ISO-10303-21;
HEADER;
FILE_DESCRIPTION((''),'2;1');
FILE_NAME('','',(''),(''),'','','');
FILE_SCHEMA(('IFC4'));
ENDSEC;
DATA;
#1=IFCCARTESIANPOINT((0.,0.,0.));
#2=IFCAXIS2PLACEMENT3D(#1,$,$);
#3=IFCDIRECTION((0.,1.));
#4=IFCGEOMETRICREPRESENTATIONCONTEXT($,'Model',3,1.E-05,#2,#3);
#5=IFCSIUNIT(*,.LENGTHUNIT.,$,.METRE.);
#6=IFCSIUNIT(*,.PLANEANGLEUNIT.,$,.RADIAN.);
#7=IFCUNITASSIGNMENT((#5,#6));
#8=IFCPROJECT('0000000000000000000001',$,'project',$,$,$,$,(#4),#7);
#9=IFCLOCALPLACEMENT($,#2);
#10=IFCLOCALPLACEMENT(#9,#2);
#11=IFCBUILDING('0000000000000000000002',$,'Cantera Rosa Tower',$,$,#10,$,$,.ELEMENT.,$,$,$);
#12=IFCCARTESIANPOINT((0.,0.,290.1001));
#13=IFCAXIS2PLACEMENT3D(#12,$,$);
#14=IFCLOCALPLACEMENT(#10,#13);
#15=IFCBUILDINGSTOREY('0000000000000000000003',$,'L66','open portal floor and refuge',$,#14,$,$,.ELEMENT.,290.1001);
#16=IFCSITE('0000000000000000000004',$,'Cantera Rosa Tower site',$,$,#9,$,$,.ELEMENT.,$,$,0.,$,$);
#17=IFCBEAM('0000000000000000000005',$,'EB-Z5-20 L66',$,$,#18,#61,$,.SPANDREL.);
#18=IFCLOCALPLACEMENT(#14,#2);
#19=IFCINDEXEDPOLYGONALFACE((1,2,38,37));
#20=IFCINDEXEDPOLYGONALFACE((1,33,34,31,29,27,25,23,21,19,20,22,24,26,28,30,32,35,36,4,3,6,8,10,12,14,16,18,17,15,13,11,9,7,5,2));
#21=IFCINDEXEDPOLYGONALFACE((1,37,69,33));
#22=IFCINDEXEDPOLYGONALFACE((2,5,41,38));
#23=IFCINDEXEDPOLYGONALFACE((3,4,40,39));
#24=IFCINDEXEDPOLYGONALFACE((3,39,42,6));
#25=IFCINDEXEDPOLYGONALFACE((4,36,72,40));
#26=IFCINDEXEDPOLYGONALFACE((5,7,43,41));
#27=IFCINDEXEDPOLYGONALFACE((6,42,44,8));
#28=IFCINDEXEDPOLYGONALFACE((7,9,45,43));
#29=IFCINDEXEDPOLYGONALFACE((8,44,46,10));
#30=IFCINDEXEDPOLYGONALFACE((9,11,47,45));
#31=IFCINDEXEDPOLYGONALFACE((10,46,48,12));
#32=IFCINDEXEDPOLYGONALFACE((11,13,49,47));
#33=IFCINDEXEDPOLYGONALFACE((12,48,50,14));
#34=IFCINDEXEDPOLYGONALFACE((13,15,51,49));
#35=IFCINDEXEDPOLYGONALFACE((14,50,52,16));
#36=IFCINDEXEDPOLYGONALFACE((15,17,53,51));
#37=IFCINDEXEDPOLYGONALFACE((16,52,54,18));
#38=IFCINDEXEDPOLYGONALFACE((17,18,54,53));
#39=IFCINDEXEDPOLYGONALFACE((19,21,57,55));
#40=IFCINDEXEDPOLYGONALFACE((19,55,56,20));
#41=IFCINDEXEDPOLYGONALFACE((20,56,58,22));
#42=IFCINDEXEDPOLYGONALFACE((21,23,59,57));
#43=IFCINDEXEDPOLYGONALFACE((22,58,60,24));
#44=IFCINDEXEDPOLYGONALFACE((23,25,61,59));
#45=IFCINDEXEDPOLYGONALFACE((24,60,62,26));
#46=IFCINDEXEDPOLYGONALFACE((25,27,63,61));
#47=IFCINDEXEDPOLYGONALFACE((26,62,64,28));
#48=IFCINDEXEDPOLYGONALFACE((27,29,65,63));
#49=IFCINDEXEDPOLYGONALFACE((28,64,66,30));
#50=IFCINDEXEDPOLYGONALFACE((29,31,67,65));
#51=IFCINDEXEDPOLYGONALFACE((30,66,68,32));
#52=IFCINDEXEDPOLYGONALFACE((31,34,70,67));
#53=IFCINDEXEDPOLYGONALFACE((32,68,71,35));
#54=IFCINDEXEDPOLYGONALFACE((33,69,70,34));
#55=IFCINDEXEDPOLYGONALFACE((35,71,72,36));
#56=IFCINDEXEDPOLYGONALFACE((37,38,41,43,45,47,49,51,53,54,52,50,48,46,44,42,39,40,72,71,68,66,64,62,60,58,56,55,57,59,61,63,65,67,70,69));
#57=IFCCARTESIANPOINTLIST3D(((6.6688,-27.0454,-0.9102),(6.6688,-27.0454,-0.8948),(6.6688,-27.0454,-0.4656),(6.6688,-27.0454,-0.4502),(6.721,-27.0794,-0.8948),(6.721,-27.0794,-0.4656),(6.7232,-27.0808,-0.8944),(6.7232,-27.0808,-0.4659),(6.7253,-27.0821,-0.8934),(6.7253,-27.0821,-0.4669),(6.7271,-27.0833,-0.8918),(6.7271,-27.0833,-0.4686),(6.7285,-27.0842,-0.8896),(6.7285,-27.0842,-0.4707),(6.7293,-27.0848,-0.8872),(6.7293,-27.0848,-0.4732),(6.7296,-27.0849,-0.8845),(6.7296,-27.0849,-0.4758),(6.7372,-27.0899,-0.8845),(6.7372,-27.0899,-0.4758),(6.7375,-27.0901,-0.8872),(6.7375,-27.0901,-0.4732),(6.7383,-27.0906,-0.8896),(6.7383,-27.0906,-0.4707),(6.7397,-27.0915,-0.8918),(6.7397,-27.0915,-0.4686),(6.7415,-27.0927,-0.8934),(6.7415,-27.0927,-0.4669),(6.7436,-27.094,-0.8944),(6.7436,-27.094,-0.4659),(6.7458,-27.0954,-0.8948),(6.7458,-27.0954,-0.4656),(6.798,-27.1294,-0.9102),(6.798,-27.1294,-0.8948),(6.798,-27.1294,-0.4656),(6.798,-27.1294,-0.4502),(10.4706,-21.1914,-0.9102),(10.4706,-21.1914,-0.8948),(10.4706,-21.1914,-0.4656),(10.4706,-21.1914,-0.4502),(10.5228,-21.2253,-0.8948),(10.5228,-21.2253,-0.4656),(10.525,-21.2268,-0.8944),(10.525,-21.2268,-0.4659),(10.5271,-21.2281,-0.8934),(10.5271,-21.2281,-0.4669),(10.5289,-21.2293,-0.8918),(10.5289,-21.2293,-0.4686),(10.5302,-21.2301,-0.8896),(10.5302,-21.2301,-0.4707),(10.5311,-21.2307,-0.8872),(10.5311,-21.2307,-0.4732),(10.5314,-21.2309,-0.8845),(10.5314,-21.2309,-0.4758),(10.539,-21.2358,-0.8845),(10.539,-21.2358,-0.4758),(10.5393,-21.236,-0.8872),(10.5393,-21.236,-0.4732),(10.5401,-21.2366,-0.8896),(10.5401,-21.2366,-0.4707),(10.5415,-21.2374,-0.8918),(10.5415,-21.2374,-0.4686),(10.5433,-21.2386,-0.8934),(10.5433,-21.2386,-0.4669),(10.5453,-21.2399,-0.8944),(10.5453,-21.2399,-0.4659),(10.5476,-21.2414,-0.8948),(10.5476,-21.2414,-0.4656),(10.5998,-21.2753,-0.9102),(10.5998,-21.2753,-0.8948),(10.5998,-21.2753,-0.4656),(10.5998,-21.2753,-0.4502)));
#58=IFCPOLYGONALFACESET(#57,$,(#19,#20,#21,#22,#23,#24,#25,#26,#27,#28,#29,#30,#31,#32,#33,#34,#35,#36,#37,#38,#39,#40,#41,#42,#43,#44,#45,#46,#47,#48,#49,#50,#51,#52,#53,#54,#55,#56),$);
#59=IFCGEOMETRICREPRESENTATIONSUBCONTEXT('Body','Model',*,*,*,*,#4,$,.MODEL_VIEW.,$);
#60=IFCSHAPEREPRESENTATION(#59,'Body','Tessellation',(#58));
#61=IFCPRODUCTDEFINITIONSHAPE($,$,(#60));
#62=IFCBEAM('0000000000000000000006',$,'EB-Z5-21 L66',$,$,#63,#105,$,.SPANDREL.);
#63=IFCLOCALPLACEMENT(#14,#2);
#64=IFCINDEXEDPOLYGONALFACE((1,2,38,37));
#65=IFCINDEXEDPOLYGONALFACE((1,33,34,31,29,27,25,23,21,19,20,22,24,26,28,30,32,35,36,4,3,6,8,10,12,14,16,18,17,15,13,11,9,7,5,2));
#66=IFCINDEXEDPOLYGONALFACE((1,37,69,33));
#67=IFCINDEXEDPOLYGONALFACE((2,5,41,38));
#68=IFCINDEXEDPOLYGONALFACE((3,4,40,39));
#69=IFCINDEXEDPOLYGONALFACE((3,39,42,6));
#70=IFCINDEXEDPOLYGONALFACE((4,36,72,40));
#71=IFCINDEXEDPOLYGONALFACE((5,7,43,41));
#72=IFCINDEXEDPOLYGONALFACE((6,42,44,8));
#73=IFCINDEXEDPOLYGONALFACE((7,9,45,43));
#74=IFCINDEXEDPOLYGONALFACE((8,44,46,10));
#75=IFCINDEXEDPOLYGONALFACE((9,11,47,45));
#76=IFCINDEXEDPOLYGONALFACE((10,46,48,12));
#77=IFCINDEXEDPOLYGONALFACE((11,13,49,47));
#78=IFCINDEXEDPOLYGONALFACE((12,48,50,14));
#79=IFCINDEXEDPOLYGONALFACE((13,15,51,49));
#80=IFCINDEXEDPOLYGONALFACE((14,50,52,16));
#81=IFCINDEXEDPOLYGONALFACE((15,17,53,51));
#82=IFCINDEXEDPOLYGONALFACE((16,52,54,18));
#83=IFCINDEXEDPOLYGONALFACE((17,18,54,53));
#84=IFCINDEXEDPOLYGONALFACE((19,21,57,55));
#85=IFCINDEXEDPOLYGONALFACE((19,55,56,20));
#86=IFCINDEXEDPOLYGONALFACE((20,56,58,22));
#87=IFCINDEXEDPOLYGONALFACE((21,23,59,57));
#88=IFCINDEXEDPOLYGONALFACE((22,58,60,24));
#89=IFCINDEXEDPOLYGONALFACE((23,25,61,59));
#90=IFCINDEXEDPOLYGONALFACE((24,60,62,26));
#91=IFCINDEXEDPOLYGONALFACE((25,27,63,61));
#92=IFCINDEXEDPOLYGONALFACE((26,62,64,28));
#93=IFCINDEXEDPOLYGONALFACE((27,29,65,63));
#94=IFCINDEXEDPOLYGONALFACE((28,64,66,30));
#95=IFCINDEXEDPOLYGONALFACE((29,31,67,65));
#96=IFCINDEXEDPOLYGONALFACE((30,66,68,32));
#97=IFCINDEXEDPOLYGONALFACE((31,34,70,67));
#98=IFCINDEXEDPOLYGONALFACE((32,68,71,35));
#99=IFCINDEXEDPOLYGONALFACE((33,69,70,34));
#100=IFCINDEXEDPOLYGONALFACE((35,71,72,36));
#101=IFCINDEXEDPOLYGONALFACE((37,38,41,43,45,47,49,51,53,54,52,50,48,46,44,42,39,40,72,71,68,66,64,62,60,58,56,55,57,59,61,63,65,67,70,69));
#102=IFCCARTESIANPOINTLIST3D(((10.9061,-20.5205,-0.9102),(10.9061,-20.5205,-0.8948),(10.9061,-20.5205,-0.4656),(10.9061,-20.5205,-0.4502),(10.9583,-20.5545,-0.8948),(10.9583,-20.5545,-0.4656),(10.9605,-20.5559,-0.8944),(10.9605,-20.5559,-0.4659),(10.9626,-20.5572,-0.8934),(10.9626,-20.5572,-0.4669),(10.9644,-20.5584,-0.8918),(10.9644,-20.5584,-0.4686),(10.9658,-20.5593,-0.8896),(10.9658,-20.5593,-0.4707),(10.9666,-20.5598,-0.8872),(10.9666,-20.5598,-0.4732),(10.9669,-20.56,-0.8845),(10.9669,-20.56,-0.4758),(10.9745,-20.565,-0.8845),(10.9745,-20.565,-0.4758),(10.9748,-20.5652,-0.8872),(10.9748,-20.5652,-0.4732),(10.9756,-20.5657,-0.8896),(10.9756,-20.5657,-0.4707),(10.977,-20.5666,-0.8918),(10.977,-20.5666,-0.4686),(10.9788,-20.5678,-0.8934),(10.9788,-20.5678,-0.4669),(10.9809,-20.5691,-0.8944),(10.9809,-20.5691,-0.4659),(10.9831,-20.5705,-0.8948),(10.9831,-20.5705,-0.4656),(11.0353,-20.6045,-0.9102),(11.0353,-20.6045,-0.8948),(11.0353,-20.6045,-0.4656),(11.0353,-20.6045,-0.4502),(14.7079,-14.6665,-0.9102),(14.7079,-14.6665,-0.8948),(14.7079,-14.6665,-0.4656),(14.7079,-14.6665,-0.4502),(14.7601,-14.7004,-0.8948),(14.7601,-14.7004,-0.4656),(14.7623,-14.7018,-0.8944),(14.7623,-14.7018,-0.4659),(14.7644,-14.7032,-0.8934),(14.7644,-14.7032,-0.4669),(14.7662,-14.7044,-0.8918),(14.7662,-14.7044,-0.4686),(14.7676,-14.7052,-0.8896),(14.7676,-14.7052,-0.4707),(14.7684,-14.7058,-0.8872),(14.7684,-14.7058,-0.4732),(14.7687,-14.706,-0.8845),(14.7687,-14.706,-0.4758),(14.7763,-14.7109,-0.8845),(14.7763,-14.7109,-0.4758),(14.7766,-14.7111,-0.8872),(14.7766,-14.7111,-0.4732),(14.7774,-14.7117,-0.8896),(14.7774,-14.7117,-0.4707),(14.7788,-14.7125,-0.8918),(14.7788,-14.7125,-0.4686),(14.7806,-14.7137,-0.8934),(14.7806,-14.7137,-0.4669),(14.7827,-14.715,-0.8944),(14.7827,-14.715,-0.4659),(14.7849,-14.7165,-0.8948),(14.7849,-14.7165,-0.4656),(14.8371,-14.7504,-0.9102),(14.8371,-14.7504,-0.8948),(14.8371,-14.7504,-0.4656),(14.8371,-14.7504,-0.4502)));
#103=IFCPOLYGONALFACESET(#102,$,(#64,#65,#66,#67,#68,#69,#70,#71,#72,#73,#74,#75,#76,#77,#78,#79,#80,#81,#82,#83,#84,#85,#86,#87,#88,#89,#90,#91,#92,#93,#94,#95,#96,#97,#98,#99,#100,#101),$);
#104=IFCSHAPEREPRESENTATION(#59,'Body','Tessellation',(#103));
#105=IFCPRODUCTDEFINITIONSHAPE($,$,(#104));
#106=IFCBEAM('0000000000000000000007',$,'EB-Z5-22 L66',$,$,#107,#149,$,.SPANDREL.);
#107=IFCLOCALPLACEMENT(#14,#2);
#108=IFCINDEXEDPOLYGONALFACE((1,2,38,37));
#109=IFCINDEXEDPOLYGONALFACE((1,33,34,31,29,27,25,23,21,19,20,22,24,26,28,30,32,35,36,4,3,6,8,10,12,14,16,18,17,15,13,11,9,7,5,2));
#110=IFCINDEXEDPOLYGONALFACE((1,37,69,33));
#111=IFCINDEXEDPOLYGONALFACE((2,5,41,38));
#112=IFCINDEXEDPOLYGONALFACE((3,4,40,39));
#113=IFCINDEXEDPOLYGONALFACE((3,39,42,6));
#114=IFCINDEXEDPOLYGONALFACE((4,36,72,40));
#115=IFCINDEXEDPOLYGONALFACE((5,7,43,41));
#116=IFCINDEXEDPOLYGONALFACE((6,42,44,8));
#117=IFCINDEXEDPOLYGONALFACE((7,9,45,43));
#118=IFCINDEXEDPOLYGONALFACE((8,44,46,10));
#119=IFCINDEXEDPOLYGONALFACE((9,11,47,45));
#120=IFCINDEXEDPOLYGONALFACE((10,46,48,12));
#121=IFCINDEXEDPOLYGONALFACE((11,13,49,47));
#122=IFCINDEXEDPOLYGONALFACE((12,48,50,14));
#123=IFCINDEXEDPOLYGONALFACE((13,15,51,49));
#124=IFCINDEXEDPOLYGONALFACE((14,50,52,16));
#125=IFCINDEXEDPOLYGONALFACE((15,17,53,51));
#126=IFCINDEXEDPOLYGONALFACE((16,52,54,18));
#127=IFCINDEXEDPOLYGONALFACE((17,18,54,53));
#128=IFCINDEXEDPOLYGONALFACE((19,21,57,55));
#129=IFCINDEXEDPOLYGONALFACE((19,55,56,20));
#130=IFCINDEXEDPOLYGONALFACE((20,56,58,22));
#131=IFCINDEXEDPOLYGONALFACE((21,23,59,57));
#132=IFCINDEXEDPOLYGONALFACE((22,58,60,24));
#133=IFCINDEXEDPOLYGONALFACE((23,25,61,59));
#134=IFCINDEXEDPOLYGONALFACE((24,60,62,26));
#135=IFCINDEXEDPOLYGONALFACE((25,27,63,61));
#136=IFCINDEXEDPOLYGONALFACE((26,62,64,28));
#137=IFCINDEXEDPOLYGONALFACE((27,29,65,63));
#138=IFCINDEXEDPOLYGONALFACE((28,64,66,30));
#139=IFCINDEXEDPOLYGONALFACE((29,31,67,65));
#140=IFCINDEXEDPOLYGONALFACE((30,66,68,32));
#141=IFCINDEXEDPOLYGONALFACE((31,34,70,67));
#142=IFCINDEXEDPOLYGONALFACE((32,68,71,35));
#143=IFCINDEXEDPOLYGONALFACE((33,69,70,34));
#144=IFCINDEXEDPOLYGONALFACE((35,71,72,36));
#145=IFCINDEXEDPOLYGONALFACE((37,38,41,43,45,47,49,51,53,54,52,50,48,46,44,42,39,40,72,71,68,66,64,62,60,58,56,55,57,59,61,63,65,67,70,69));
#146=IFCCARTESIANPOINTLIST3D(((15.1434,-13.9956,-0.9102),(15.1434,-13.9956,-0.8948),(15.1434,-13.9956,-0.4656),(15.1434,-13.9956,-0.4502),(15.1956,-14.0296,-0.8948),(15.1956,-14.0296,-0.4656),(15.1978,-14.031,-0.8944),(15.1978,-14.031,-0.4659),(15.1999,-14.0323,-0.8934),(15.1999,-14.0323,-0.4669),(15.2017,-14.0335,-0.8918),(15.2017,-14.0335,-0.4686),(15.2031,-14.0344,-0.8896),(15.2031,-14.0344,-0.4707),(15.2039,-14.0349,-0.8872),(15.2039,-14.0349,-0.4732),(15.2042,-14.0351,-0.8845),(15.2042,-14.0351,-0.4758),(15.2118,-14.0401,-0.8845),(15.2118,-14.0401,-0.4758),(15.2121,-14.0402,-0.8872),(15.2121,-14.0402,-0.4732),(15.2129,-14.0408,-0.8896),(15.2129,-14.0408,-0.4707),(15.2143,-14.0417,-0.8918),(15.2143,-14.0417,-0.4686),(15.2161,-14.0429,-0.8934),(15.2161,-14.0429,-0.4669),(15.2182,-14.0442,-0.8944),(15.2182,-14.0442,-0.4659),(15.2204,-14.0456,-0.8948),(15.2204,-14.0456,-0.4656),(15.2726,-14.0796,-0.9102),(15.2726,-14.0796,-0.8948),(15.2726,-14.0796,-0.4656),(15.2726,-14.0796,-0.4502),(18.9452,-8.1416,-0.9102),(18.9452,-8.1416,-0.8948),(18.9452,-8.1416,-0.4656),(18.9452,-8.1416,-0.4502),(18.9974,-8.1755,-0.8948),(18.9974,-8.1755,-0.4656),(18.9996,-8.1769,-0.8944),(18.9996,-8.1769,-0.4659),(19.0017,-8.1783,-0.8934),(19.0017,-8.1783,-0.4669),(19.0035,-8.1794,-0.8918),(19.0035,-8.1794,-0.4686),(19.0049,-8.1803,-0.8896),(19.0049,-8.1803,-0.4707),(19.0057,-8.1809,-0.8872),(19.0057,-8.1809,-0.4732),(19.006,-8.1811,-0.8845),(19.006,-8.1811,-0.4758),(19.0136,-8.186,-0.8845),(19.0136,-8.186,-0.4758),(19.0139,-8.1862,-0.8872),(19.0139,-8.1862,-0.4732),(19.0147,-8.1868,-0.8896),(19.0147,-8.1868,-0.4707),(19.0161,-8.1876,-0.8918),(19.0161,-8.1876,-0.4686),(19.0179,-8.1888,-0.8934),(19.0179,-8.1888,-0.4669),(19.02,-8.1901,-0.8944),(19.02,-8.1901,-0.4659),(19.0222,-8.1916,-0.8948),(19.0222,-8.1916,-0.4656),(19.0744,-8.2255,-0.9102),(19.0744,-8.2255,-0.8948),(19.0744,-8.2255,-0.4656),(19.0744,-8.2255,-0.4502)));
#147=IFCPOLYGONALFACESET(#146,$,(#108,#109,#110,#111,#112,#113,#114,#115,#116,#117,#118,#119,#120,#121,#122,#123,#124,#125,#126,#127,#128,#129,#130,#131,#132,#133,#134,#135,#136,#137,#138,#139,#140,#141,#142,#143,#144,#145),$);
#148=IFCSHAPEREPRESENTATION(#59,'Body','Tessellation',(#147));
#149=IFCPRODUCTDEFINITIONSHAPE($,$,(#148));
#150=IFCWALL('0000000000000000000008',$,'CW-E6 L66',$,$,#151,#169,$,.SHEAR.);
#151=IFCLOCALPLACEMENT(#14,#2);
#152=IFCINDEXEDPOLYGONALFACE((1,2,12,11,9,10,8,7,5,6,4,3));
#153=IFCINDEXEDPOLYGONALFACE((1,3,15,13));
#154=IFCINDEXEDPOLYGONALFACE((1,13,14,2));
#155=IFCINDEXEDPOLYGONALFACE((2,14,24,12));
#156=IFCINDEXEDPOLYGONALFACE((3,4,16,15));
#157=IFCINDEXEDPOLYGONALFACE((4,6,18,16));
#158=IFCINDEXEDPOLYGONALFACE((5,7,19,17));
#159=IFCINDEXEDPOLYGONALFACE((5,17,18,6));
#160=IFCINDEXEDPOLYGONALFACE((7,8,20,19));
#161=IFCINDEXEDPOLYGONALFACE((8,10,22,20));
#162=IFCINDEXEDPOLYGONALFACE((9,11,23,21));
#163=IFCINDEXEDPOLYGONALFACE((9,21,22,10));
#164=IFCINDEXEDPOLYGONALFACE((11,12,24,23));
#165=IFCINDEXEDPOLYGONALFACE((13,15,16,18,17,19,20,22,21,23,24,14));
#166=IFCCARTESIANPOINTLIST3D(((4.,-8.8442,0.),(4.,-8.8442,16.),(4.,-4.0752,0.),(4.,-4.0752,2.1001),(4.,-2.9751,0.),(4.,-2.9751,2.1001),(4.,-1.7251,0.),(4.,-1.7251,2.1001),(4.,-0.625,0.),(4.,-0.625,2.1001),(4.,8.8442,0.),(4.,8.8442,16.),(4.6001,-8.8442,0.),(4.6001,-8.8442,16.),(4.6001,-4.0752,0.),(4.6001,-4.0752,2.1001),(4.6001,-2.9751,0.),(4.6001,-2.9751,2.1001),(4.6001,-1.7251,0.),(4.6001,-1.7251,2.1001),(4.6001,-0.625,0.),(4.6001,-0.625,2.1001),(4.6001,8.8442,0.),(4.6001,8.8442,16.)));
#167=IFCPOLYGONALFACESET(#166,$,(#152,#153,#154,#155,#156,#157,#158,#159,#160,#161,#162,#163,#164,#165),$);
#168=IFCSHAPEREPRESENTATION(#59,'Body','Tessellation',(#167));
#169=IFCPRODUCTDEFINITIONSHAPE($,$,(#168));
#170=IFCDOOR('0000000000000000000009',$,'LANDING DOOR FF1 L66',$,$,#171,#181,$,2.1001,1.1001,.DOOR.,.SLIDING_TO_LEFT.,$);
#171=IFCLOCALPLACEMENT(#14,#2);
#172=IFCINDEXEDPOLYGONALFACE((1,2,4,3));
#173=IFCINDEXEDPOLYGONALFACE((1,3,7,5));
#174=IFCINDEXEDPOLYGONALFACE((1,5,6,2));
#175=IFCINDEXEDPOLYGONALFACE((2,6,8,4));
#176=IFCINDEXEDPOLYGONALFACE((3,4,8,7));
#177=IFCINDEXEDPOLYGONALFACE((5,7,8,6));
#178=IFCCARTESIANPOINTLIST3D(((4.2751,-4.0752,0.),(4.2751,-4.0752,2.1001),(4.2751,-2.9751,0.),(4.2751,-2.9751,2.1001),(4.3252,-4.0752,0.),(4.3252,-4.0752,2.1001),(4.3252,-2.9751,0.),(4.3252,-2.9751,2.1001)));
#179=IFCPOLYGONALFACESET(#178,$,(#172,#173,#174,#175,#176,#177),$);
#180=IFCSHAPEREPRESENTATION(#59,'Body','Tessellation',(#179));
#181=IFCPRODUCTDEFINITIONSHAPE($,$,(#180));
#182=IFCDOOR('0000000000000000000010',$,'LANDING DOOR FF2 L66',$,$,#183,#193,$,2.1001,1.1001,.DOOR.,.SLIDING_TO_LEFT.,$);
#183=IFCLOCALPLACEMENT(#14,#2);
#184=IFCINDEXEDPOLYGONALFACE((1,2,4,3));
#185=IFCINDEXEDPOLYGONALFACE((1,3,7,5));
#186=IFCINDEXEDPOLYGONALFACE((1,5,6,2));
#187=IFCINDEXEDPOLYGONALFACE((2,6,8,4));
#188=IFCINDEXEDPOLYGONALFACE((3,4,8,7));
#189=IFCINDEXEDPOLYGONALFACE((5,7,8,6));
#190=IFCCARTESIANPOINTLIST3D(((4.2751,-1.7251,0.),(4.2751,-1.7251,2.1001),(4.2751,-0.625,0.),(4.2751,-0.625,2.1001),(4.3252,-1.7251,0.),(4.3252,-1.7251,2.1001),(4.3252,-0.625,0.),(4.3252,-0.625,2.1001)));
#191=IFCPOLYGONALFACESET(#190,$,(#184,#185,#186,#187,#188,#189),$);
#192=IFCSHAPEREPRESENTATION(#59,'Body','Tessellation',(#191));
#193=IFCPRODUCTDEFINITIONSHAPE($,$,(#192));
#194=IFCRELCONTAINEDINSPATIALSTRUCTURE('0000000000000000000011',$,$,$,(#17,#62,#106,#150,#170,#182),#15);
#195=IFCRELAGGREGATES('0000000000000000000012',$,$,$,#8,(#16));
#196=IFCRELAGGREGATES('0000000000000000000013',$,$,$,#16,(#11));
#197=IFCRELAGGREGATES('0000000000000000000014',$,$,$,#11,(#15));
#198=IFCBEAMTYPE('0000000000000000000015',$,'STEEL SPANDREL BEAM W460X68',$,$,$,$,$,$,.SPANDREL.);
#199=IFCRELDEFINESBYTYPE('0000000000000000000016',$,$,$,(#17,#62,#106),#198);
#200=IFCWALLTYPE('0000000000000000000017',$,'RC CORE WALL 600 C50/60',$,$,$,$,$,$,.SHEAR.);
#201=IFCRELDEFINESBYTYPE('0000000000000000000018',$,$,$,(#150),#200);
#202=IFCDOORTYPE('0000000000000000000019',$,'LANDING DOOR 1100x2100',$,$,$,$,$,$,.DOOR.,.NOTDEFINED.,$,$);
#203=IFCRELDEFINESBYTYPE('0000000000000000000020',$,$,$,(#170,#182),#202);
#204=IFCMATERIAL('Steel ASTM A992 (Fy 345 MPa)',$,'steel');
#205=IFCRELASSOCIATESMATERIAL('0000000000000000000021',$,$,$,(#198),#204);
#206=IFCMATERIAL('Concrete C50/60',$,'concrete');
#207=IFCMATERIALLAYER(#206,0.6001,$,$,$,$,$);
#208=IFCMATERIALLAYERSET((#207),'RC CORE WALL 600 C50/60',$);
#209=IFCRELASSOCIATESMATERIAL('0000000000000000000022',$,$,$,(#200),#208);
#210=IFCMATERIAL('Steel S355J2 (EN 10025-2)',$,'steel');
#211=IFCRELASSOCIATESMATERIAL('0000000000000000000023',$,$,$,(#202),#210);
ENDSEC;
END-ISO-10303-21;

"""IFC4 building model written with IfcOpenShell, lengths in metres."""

from ifc_helpers import new_model, si_unit, direction, frame, frame_2d, origin, origin_2d, place, context, subcontext, project, spatial, rectangle, i_section, extrude, material, layer, layer_set, material_profile, profile_set, type_object, element, fill, save


model = new_model("IFC4")

# Units and contexts
model_context = context("Model", 3, precision=1e-05, world=origin(), true_north=direction((0.0, 1.0)))
body_context = subcontext(model_context, "Body", "Model", "MODEL_VIEW")
ifc_project = project(units=[si_unit("LENGTHUNIT", "METRE"), si_unit("PLANEANGLEUNIT", "RADIAN")], contexts=[model_context])

# Site, building, storey
site_placement = place(None, origin())
site = spatial("IfcSite", under=ifc_project, at=site_placement, Name="Cantera Rosa Tower site", CompositionType="ELEMENT", RefElevation=0.0)
building_placement = place(site_placement, origin())
building = spatial("IfcBuilding", under=site, at=building_placement, Name="Cantera Rosa Tower", CompositionType="ELEMENT")
storey_placement = place(building_placement, frame((0.0, 0.0, 290.1001)))
storey = spatial("IfcBuildingStorey", under=building, at=storey_placement, Name="L66", Description="open portal floor and refuge", CompositionType="ELEMENT", Elevation=290.1001)

# Beams
ifc_material_1 = material(Name="Steel ASTM A992 (Fy 345 MPa)", Category="steel")
ifc_material_profile_1 = material_profile(ifc_material_1, i_section(OverallWidth=0.1541, OverallDepth=0.46, WebThickness=0.009, FlangeThickness=0.0154, FilletRadius=0.0103, at=origin_2d()), Name="W460X68")
ifc_profile_set_1 = profile_set([ifc_material_profile_1], Name="Steel ASTM A992 (Fy 345 MPa)")
beam_type_1 = type_object("IfcBeamType", Name="STEEL SPANDREL BEAM W460X68", PredefinedType="SPANDREL", material=ifc_profile_set_1)
for number, where, z_axis, x_axis, name in (
    (1, (6.7334, -27.0874, -0.6802), (0.544651, 0.838663, 0.0), (-0.838663, 0.544651, 0.0), "EB-Z5-20 L66"),
    (2, (10.9707, -20.5625, -0.6802), (0.544651, 0.838663, 0.0), (-0.838663, 0.544651, 0.0), "EB-Z5-21 L66"),
    (3, (15.208, -14.0376, -0.6802), (0.544651, 0.838663, 0.0), (-0.838663, 0.544651, 0.0), "EB-Z5-22 L66"),
):
    element("IfcBeam", number, at=place(storey_placement, frame(where, z_axis=z_axis, x_axis=x_axis)), inside=storey, type_object=beam_type_1, Name=name, PredefinedType="SPANDREL", context=body_context, shape_type="SweptSolid", body=[
        extrude(i_section(OverallWidth=0.1541, OverallDepth=0.46, WebThickness=0.009, FlangeThickness=0.0154, FilletRadius=0.0103, at=origin_2d()), origin(), (0.0, 0.0, 1.0), 6.9802),
    ])

# Wall, openings, doors
ifc_material_2 = material(Name="Concrete C50/60", Category="concrete")
ifc_layer = layer(ifc_material_2, 0.6001)
ifc_layer_set = layer_set([ifc_layer], Name="RC CORE WALL 600 C50/60")
wall_type = type_object("IfcWallType", Name="RC CORE WALL 600 C50/60", PredefinedType="SHEAR", material=ifc_layer_set)
wall_placement = place(storey_placement, frame((4.3, -8.8442, 0.0), z_axis=(0.0, 0.0, 1.0), x_axis=(0.0, 1.0, 0.0)))
wall = element("IfcWall", 4, at=wall_placement, inside=storey, type_object=wall_type, Name="CW-E6 L66", PredefinedType="SHEAR", context=body_context, shape_type="SweptSolid", body=[
    extrude(rectangle(XDim=17.6885, YDim=0.6001, at=frame_2d((8.8442, 0.0))), origin(), (0.0, 0.0, 1.0), 16.0),
])
opening_1_placement = place(wall_placement, frame((4.769, 0.0, 0.0)))
opening_1 = element("IfcOpeningElement", 5, at=opening_1_placement, cuts=wall, PredefinedType="OPENING", context=body_context, shape_type="SweptSolid", body=[
    extrude(rectangle(XDim=1.1001, YDim=2.1001, at=frame_2d((0.55, 1.05))), frame((0.0, 0.3101, 0.0), z_axis=(0.0, -1.0, 0.0), x_axis=(1.0, 0.0, 0.0)), (0.0, 0.0, 1.0), 0.6201),
])
opening_2_placement = place(wall_placement, frame((7.1191, 0.0, 0.0)))
opening_2 = element("IfcOpeningElement", 6, at=opening_2_placement, cuts=wall, PredefinedType="OPENING", context=body_context, shape_type="SweptSolid", body=[
    extrude(rectangle(XDim=1.1001, YDim=2.1001, at=frame_2d((0.55, 1.05))), frame((0.0, 0.3101, 0.0), z_axis=(0.0, -1.0, 0.0), x_axis=(1.0, 0.0, 0.0)), (0.0, 0.0, 1.0), 0.6201),
])
ifc_material_3 = material(Name="Steel S355J2 (EN 10025-2)", Category="steel")
door_type = type_object("IfcDoorType", Name="LANDING DOOR 1100x2100", OperationType="NOTDEFINED", PredefinedType="DOOR", material=ifc_material_3)
door_1_placement = place(opening_1_placement, origin())
door_1 = element("IfcDoor", 7, at=door_1_placement, inside=storey, type_object=door_type, Name="LANDING DOOR FF1 L66", OperationType="SLIDING_TO_LEFT", OverallHeight=2.1001, OverallWidth=1.1001, PredefinedType="DOOR", context=body_context, shape_type="SweptSolid", body=[
    extrude(rectangle(XDim=1.1001, YDim=2.1001, at=frame_2d((0.55, 1.05))), frame((0.0, 0.0249, 0.0), z_axis=(0.0, -1.0, 0.0), x_axis=(1.0, 0.0, 0.0)), (0.0, 0.0, 1.0), 0.05),
])
fill(opening_1, door_1)
door_2_placement = place(opening_2_placement, origin())
door_2 = element("IfcDoor", 8, at=door_2_placement, inside=storey, type_object=door_type, Name="LANDING DOOR FF2 L66", OperationType="SLIDING_TO_LEFT", OverallHeight=2.1001, OverallWidth=1.1001, PredefinedType="DOOR", context=body_context, shape_type="SweptSolid", body=[
    extrude(rectangle(XDim=1.1001, YDim=2.1001, at=frame_2d((0.55, 1.05))), frame((0.0, 0.0249, 0.0), z_axis=(0.0, -1.0, 0.0), x_axis=(1.0, 0.0, 0.0)), (0.0, 0.0, 1.0), 0.05),
])
fill(opening_2, door_2)

save(model, "model.ifc")
